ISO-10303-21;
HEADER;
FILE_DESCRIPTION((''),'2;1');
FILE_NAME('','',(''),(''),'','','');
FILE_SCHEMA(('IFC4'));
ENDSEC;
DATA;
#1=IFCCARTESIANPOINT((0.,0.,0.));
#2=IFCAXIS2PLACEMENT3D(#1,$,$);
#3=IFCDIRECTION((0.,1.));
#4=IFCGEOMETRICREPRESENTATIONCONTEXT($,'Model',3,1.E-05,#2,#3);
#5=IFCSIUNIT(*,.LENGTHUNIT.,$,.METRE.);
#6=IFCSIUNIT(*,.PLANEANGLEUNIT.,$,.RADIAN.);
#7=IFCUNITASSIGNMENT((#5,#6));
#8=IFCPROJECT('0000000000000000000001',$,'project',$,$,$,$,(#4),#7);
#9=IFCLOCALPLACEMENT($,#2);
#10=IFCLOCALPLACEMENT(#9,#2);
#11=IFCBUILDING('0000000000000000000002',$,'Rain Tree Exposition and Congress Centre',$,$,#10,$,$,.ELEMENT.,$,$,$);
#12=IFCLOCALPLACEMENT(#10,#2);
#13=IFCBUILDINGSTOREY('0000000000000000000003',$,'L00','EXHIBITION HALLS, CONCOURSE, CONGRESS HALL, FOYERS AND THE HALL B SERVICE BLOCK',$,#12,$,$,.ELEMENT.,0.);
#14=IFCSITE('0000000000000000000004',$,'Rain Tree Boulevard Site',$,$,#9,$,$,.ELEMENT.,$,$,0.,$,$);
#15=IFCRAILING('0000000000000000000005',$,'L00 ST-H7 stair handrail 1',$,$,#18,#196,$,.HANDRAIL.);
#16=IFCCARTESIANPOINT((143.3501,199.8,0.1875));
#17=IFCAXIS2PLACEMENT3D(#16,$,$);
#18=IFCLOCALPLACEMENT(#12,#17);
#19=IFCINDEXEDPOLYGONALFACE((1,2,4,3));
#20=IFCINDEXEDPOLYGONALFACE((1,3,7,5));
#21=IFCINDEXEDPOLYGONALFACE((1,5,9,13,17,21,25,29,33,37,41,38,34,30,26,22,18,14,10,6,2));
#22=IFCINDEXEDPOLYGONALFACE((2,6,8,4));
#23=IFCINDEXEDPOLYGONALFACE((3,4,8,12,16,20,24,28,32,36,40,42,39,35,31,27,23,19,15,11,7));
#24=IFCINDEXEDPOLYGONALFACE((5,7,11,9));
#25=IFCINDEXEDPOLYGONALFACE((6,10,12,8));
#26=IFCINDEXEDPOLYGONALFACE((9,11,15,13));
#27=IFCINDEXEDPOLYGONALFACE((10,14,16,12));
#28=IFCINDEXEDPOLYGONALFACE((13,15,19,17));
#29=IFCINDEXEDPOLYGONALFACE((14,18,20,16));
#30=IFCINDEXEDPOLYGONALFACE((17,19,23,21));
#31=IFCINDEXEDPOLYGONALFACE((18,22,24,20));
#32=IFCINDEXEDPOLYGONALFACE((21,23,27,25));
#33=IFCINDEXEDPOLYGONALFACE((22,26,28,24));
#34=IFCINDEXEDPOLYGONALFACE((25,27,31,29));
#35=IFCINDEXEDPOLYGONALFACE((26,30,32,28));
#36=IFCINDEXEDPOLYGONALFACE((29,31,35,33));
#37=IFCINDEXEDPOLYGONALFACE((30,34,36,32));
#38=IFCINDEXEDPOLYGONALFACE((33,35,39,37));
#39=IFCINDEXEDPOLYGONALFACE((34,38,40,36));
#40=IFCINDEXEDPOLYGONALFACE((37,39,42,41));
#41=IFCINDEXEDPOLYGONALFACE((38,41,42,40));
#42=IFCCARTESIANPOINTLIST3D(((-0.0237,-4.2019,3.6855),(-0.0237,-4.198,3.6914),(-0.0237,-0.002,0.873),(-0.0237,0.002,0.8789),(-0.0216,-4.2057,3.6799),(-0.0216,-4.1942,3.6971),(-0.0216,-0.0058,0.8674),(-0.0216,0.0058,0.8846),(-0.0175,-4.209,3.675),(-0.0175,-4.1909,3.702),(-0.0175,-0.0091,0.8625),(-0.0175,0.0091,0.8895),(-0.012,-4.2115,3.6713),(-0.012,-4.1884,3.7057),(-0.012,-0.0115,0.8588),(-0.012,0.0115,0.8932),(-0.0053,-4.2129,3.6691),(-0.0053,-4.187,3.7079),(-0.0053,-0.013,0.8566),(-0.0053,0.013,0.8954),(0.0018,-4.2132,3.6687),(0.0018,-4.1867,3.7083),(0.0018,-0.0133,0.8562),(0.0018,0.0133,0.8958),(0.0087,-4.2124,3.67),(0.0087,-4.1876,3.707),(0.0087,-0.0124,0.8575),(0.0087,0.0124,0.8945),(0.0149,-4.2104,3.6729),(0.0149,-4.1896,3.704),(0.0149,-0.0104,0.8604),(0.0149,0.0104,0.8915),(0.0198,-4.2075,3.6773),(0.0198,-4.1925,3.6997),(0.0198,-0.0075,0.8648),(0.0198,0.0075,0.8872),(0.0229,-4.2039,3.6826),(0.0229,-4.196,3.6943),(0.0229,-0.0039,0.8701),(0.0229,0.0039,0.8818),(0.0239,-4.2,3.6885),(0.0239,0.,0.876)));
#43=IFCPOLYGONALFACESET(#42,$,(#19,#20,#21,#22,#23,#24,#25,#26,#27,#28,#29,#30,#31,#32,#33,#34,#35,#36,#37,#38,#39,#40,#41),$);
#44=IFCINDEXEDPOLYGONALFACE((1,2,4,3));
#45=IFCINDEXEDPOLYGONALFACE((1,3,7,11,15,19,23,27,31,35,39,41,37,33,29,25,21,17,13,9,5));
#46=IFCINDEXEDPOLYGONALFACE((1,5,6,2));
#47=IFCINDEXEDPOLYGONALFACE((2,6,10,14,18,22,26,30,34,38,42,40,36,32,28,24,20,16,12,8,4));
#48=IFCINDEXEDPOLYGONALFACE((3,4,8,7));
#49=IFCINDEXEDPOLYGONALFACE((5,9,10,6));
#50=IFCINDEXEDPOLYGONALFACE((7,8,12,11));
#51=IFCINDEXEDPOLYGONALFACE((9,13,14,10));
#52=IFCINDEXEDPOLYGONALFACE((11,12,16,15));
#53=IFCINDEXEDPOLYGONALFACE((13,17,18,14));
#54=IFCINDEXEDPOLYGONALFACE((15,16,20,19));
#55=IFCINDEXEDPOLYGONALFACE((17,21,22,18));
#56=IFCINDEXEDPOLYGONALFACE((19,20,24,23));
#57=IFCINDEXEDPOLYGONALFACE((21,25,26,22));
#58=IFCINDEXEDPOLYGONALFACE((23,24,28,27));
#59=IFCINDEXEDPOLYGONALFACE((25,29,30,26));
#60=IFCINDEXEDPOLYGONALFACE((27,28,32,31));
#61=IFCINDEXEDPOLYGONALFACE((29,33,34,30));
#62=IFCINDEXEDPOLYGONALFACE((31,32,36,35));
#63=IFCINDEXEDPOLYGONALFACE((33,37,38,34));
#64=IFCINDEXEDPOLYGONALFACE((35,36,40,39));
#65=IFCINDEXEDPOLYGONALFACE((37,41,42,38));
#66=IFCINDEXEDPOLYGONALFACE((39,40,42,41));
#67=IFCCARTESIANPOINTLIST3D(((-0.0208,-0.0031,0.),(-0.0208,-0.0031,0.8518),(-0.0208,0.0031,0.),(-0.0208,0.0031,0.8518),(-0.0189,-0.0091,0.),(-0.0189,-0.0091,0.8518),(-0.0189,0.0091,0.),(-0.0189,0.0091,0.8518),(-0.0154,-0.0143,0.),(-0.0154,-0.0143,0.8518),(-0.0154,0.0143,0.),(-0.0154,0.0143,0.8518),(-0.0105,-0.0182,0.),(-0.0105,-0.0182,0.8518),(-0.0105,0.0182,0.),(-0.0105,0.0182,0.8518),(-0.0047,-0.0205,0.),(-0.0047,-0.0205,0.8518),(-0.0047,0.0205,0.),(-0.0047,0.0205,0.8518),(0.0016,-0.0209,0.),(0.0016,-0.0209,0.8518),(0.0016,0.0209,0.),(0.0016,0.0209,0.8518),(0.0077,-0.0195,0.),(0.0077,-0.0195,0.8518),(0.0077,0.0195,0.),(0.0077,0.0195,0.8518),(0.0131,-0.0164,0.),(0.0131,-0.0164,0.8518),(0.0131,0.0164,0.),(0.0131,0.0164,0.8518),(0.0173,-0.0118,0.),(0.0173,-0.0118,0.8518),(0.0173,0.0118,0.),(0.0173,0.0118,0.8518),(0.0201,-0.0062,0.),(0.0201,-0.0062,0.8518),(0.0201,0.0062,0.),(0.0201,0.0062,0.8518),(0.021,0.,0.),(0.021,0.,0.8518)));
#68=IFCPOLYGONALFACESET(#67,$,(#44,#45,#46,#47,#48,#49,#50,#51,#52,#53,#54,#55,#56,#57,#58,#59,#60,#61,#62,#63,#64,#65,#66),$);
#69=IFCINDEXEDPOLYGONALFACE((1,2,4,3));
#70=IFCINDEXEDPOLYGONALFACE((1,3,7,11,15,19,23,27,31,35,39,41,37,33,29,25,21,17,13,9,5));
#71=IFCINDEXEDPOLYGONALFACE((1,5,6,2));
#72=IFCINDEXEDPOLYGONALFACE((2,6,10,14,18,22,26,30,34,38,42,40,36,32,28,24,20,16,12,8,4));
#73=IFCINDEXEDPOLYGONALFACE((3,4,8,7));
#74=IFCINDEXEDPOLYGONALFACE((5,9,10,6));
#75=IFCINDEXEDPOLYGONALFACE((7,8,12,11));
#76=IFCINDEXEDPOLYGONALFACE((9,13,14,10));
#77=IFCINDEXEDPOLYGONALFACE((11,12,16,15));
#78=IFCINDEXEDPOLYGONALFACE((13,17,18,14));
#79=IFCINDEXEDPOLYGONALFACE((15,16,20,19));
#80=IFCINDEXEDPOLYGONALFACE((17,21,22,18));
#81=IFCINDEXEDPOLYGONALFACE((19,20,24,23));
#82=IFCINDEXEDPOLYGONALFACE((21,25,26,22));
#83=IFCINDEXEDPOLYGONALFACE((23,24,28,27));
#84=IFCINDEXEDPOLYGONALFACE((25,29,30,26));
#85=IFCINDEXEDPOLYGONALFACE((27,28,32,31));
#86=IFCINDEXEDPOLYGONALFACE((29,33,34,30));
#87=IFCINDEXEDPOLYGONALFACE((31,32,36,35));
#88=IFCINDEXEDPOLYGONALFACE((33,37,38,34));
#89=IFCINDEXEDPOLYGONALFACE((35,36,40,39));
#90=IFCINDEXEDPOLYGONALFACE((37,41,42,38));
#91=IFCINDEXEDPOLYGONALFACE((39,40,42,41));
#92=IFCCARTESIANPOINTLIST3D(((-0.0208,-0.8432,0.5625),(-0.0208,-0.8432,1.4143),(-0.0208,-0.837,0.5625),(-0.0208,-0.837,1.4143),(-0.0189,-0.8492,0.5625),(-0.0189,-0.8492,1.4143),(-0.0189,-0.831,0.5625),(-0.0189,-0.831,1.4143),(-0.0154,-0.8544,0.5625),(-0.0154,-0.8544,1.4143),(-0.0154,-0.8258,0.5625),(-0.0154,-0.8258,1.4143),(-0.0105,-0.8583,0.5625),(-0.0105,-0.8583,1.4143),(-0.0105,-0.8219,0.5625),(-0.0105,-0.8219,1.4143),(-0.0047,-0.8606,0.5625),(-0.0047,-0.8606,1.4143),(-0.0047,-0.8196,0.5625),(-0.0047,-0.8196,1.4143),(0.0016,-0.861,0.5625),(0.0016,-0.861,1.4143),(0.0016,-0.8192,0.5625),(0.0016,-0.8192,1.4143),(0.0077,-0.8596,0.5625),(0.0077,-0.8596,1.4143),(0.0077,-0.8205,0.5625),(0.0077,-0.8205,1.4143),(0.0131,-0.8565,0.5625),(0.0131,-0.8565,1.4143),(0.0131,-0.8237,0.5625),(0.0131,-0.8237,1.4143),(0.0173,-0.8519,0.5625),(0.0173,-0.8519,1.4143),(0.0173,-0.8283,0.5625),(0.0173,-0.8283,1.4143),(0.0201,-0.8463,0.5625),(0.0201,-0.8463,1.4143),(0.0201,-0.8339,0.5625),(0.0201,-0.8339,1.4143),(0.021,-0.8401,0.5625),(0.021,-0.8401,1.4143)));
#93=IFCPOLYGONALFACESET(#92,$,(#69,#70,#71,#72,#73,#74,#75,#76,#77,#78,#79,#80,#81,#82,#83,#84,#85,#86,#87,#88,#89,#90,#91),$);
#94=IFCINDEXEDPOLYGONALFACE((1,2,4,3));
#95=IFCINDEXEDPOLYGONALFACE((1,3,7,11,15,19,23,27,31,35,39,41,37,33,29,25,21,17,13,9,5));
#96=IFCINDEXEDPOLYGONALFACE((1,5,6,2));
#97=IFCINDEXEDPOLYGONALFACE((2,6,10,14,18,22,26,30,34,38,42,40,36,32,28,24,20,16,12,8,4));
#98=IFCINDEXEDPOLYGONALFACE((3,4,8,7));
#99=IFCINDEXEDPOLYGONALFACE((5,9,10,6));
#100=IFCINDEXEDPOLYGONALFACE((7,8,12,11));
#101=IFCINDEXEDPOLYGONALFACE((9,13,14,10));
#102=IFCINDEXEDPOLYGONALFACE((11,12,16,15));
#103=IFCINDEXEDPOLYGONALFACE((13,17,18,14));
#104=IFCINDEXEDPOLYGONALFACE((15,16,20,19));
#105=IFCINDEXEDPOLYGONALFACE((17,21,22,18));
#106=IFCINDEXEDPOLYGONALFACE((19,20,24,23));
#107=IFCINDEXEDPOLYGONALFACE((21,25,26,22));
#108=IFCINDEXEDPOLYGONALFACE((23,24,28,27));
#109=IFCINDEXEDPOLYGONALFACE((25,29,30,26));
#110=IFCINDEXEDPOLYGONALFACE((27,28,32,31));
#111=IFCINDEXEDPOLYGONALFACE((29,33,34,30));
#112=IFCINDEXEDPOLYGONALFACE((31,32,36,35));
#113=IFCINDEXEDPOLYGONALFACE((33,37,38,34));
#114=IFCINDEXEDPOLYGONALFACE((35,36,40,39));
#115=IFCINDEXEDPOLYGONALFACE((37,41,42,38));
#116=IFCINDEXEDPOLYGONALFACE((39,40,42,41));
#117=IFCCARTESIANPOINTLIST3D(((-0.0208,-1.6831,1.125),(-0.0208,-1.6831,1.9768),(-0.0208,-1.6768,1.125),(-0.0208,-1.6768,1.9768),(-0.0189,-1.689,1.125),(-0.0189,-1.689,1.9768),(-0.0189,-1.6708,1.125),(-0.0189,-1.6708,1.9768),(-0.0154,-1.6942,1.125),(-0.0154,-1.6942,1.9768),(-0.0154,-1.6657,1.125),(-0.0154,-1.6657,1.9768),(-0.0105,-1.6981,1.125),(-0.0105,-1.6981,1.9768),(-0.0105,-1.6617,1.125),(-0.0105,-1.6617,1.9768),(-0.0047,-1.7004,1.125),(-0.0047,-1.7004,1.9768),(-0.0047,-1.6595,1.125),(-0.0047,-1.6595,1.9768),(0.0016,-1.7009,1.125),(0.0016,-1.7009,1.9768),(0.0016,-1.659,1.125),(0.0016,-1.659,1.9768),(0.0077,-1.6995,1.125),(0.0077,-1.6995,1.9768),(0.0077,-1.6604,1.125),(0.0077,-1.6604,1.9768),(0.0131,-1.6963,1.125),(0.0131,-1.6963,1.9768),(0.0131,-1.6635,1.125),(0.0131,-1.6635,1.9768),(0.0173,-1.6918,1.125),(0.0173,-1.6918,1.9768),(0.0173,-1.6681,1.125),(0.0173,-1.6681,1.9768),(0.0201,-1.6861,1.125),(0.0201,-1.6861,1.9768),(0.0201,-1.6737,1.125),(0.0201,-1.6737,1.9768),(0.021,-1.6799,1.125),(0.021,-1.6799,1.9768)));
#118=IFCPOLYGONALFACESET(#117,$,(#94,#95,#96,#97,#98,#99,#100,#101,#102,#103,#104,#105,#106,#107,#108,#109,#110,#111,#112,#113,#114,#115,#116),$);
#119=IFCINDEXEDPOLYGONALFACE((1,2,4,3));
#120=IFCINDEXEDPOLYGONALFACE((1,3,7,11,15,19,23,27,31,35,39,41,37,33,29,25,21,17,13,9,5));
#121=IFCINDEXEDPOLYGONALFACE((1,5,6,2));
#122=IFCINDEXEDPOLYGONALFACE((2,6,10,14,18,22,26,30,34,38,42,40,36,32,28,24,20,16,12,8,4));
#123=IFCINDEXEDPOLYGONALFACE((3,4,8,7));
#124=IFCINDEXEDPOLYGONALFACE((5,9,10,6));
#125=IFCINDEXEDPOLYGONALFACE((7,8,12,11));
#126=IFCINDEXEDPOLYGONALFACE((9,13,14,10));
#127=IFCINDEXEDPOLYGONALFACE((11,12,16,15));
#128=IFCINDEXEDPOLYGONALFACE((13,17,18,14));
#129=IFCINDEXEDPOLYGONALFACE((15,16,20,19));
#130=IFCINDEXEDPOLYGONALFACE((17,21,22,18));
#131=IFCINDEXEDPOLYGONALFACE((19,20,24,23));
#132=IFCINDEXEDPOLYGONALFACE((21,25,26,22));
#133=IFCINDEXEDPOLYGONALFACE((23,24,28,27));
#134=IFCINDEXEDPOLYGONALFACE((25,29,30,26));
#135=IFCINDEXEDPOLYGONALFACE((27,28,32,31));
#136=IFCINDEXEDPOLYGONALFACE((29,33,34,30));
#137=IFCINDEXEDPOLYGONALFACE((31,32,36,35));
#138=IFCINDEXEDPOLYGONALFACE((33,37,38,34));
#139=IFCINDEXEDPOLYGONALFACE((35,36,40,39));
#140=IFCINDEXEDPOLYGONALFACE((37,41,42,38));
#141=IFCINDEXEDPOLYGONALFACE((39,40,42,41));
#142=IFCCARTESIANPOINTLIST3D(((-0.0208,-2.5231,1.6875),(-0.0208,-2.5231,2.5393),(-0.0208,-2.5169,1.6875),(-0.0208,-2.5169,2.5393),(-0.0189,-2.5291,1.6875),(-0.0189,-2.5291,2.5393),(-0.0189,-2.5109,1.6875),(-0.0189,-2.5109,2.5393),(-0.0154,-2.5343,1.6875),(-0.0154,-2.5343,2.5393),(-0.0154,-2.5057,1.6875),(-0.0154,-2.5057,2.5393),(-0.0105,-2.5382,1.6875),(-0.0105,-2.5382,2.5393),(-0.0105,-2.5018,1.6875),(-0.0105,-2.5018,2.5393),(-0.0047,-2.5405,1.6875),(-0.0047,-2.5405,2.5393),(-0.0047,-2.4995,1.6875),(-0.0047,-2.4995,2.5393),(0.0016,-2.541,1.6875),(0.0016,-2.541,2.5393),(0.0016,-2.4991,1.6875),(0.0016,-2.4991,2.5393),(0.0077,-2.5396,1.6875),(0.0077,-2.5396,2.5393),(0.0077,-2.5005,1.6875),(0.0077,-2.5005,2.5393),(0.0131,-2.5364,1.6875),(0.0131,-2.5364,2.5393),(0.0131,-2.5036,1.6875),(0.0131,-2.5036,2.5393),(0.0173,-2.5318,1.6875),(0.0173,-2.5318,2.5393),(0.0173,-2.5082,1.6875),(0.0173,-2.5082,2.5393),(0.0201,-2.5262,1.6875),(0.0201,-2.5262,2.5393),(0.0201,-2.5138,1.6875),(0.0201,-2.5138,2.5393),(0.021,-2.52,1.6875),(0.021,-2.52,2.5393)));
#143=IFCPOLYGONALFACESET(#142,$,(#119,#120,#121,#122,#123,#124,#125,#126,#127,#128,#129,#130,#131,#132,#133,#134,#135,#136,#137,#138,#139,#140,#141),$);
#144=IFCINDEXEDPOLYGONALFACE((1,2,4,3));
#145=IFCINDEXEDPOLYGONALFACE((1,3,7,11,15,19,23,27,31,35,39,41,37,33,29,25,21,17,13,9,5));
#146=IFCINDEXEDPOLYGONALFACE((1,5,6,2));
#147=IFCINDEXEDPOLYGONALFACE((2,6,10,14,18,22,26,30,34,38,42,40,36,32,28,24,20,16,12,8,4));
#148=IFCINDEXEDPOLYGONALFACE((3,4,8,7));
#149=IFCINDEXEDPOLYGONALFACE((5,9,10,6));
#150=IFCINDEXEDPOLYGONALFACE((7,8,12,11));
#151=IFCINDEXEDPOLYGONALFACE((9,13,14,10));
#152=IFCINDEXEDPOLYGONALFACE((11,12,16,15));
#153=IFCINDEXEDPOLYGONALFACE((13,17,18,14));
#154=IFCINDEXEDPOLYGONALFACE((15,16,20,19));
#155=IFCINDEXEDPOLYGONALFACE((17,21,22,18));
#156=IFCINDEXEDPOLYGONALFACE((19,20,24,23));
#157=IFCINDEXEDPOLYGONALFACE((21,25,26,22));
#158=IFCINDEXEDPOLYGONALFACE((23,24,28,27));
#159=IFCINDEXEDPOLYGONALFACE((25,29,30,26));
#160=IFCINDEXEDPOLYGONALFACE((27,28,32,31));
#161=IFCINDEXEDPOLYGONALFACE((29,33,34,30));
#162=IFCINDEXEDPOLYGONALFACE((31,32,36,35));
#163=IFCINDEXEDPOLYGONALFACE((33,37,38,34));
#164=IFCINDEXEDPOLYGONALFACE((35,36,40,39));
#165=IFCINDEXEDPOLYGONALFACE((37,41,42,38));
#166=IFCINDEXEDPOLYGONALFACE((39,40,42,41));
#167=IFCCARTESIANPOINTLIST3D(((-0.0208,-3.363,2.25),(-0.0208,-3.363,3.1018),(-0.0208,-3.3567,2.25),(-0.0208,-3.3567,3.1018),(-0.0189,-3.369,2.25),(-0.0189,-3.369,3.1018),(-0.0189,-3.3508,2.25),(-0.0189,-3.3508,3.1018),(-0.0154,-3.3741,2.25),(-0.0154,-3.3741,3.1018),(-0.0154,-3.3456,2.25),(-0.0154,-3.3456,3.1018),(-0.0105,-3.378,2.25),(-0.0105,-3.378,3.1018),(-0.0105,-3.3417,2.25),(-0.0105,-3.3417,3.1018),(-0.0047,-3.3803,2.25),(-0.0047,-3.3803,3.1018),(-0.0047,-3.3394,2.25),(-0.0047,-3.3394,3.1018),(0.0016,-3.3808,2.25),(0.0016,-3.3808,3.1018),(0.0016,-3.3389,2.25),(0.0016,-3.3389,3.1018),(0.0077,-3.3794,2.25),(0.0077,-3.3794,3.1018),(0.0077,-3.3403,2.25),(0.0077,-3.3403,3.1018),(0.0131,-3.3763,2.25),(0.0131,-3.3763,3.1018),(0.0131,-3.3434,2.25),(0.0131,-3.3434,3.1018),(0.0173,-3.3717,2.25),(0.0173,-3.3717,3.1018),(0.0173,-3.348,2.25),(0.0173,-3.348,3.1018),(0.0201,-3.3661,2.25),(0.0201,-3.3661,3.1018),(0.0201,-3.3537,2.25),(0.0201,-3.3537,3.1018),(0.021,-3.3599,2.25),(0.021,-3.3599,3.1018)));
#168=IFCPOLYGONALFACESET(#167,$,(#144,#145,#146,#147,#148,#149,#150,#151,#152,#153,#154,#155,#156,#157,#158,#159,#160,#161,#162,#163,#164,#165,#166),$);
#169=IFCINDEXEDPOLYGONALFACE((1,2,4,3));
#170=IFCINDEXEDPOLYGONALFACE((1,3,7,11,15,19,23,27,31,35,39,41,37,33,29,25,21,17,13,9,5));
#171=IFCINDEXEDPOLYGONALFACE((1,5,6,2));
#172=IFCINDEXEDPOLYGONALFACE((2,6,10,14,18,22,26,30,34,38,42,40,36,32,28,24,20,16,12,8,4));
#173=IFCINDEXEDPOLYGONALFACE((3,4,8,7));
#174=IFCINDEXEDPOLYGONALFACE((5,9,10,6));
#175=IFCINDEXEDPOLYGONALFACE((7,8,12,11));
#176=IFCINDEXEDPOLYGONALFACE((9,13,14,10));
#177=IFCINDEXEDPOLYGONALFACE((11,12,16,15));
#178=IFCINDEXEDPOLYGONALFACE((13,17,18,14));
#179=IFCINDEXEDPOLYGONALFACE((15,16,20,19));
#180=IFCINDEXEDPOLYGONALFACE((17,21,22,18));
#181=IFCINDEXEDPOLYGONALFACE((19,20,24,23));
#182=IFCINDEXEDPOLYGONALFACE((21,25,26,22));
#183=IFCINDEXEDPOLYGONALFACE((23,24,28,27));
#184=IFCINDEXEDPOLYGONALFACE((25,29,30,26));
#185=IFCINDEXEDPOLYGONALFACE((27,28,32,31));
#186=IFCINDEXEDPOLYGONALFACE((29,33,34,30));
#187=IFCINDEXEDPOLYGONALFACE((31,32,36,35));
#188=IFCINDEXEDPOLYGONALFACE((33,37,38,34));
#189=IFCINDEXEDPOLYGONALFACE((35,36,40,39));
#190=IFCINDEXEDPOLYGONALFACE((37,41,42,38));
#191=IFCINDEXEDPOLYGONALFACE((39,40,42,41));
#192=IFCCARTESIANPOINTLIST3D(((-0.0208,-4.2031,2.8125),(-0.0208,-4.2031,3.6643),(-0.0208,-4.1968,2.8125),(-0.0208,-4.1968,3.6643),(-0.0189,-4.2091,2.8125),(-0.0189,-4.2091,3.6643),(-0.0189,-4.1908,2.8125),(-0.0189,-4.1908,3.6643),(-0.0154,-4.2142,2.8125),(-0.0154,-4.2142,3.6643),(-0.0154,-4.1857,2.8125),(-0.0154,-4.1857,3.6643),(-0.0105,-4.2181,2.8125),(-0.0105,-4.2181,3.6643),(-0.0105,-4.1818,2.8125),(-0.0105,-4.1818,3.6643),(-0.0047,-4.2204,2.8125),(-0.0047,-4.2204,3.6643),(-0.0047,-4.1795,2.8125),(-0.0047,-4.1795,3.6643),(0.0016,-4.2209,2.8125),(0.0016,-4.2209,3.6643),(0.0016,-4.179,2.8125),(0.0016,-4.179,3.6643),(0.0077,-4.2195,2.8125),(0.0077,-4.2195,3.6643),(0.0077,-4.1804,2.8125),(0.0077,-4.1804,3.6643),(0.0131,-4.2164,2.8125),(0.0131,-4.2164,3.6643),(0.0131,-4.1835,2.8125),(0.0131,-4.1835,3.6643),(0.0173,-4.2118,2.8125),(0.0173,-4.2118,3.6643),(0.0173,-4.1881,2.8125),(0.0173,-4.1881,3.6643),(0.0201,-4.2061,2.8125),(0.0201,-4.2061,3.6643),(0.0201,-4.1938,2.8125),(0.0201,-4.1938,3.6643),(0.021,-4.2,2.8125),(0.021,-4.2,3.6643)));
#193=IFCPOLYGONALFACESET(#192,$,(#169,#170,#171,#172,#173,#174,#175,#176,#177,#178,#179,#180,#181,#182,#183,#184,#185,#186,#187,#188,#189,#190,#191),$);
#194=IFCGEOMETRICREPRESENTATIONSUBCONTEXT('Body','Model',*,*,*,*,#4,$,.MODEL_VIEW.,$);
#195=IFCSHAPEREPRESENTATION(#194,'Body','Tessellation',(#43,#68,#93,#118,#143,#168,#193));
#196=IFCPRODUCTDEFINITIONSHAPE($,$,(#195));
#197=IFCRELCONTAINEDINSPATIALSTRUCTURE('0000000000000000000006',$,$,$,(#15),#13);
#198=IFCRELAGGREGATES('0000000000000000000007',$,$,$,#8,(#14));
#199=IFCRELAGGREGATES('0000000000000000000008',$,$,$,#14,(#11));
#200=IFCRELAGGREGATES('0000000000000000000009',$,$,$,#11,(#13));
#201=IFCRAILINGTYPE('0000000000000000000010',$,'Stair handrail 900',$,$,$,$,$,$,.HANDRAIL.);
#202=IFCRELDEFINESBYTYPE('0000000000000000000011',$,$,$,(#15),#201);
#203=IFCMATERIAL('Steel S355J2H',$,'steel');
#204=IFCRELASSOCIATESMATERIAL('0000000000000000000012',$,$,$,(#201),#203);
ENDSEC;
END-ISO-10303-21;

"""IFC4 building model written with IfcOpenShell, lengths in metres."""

from ifc_helpers import new_model, si_unit, direction, frame, origin, origin_2d, place, context, subcontext, project, spatial, circle, extrude, material, type_object, element, save


model = new_model("IFC4")

# Units and contexts
model_context = context("Model", 3, precision=1e-05, world=origin(), true_north=direction((0.0, 1.0)))
body_context = subcontext(model_context, "Body", "Model", "MODEL_VIEW")
ifc_project = project(units=[si_unit("LENGTHUNIT", "METRE"), si_unit("PLANEANGLEUNIT", "RADIAN")], contexts=[model_context])

# Site, building, storey
site_placement = place(None, origin())
site = spatial("IfcSite", under=ifc_project, at=site_placement, Name="Rain Tree Boulevard Site", CompositionType="ELEMENT", RefElevation=0.0)
building_placement = place(site_placement, origin())
building = spatial("IfcBuilding", under=site, at=building_placement, Name="Rain Tree Exposition and Congress Centre", CompositionType="ELEMENT")
storey_placement = place(building_placement, origin())
storey = spatial("IfcBuildingStorey", under=building, at=storey_placement, Name="L00", Description="EXHIBITION HALLS, CONCOURSE, CONGRESS HALL, FOYERS AND THE HALL B SERVICE BLOCK", CompositionType="ELEMENT", Elevation=0.0)

# Railing
ifc_material_1 = material(Name="Steel S355J2H", Category="steel")
railing_type_1 = type_object("IfcRailingType", Name="Stair handrail 900", PredefinedType="HANDRAIL", material=ifc_material_1)
railing_1_placement = place(storey_placement, frame((143.3501, 199.8, 0.1875)))
element("IfcRailing", 1, at=railing_1_placement, inside=storey, type_object=railing_type_1, Name="L00 ST-H7 stair handrail 1", PredefinedType="HANDRAIL", context=body_context, shape_type="SweptSolid", body=[
    extrude(circle(Radius=0.0239, at=origin_2d()), frame((0.0, 0.0, 0.876), z_axis=(0.0, -0.830904, 0.556416), x_axis=(1.0, 0.0, 0.0)), (0.0, 0.0, 1.0), 5.0547),
    extrude(circle(Radius=0.021, at=origin_2d()), origin(), (0.0, 0.0, 1.0), 0.8518),
    extrude(circle(Radius=0.021, at=origin_2d()), frame((0.0, -0.8401, 0.5625)), (0.0, 0.0, 1.0), 0.8518),
    extrude(circle(Radius=0.021, at=origin_2d()), frame((0.0, -1.6799, 1.125)), (0.0, 0.0, 1.0), 0.8518),
    extrude(circle(Radius=0.021, at=origin_2d()), frame((0.0, -2.52, 1.6875)), (0.0, 0.0, 1.0), 0.8518),
    extrude(circle(Radius=0.021, at=origin_2d()), frame((0.0, -3.3599, 2.25)), (0.0, 0.0, 1.0), 0.8518),
    extrude(circle(Radius=0.021, at=origin_2d()), frame((0.0, -4.2, 2.8125)), (0.0, 0.0, 1.0), 0.8518),
])

save(model, "model.ifc")
